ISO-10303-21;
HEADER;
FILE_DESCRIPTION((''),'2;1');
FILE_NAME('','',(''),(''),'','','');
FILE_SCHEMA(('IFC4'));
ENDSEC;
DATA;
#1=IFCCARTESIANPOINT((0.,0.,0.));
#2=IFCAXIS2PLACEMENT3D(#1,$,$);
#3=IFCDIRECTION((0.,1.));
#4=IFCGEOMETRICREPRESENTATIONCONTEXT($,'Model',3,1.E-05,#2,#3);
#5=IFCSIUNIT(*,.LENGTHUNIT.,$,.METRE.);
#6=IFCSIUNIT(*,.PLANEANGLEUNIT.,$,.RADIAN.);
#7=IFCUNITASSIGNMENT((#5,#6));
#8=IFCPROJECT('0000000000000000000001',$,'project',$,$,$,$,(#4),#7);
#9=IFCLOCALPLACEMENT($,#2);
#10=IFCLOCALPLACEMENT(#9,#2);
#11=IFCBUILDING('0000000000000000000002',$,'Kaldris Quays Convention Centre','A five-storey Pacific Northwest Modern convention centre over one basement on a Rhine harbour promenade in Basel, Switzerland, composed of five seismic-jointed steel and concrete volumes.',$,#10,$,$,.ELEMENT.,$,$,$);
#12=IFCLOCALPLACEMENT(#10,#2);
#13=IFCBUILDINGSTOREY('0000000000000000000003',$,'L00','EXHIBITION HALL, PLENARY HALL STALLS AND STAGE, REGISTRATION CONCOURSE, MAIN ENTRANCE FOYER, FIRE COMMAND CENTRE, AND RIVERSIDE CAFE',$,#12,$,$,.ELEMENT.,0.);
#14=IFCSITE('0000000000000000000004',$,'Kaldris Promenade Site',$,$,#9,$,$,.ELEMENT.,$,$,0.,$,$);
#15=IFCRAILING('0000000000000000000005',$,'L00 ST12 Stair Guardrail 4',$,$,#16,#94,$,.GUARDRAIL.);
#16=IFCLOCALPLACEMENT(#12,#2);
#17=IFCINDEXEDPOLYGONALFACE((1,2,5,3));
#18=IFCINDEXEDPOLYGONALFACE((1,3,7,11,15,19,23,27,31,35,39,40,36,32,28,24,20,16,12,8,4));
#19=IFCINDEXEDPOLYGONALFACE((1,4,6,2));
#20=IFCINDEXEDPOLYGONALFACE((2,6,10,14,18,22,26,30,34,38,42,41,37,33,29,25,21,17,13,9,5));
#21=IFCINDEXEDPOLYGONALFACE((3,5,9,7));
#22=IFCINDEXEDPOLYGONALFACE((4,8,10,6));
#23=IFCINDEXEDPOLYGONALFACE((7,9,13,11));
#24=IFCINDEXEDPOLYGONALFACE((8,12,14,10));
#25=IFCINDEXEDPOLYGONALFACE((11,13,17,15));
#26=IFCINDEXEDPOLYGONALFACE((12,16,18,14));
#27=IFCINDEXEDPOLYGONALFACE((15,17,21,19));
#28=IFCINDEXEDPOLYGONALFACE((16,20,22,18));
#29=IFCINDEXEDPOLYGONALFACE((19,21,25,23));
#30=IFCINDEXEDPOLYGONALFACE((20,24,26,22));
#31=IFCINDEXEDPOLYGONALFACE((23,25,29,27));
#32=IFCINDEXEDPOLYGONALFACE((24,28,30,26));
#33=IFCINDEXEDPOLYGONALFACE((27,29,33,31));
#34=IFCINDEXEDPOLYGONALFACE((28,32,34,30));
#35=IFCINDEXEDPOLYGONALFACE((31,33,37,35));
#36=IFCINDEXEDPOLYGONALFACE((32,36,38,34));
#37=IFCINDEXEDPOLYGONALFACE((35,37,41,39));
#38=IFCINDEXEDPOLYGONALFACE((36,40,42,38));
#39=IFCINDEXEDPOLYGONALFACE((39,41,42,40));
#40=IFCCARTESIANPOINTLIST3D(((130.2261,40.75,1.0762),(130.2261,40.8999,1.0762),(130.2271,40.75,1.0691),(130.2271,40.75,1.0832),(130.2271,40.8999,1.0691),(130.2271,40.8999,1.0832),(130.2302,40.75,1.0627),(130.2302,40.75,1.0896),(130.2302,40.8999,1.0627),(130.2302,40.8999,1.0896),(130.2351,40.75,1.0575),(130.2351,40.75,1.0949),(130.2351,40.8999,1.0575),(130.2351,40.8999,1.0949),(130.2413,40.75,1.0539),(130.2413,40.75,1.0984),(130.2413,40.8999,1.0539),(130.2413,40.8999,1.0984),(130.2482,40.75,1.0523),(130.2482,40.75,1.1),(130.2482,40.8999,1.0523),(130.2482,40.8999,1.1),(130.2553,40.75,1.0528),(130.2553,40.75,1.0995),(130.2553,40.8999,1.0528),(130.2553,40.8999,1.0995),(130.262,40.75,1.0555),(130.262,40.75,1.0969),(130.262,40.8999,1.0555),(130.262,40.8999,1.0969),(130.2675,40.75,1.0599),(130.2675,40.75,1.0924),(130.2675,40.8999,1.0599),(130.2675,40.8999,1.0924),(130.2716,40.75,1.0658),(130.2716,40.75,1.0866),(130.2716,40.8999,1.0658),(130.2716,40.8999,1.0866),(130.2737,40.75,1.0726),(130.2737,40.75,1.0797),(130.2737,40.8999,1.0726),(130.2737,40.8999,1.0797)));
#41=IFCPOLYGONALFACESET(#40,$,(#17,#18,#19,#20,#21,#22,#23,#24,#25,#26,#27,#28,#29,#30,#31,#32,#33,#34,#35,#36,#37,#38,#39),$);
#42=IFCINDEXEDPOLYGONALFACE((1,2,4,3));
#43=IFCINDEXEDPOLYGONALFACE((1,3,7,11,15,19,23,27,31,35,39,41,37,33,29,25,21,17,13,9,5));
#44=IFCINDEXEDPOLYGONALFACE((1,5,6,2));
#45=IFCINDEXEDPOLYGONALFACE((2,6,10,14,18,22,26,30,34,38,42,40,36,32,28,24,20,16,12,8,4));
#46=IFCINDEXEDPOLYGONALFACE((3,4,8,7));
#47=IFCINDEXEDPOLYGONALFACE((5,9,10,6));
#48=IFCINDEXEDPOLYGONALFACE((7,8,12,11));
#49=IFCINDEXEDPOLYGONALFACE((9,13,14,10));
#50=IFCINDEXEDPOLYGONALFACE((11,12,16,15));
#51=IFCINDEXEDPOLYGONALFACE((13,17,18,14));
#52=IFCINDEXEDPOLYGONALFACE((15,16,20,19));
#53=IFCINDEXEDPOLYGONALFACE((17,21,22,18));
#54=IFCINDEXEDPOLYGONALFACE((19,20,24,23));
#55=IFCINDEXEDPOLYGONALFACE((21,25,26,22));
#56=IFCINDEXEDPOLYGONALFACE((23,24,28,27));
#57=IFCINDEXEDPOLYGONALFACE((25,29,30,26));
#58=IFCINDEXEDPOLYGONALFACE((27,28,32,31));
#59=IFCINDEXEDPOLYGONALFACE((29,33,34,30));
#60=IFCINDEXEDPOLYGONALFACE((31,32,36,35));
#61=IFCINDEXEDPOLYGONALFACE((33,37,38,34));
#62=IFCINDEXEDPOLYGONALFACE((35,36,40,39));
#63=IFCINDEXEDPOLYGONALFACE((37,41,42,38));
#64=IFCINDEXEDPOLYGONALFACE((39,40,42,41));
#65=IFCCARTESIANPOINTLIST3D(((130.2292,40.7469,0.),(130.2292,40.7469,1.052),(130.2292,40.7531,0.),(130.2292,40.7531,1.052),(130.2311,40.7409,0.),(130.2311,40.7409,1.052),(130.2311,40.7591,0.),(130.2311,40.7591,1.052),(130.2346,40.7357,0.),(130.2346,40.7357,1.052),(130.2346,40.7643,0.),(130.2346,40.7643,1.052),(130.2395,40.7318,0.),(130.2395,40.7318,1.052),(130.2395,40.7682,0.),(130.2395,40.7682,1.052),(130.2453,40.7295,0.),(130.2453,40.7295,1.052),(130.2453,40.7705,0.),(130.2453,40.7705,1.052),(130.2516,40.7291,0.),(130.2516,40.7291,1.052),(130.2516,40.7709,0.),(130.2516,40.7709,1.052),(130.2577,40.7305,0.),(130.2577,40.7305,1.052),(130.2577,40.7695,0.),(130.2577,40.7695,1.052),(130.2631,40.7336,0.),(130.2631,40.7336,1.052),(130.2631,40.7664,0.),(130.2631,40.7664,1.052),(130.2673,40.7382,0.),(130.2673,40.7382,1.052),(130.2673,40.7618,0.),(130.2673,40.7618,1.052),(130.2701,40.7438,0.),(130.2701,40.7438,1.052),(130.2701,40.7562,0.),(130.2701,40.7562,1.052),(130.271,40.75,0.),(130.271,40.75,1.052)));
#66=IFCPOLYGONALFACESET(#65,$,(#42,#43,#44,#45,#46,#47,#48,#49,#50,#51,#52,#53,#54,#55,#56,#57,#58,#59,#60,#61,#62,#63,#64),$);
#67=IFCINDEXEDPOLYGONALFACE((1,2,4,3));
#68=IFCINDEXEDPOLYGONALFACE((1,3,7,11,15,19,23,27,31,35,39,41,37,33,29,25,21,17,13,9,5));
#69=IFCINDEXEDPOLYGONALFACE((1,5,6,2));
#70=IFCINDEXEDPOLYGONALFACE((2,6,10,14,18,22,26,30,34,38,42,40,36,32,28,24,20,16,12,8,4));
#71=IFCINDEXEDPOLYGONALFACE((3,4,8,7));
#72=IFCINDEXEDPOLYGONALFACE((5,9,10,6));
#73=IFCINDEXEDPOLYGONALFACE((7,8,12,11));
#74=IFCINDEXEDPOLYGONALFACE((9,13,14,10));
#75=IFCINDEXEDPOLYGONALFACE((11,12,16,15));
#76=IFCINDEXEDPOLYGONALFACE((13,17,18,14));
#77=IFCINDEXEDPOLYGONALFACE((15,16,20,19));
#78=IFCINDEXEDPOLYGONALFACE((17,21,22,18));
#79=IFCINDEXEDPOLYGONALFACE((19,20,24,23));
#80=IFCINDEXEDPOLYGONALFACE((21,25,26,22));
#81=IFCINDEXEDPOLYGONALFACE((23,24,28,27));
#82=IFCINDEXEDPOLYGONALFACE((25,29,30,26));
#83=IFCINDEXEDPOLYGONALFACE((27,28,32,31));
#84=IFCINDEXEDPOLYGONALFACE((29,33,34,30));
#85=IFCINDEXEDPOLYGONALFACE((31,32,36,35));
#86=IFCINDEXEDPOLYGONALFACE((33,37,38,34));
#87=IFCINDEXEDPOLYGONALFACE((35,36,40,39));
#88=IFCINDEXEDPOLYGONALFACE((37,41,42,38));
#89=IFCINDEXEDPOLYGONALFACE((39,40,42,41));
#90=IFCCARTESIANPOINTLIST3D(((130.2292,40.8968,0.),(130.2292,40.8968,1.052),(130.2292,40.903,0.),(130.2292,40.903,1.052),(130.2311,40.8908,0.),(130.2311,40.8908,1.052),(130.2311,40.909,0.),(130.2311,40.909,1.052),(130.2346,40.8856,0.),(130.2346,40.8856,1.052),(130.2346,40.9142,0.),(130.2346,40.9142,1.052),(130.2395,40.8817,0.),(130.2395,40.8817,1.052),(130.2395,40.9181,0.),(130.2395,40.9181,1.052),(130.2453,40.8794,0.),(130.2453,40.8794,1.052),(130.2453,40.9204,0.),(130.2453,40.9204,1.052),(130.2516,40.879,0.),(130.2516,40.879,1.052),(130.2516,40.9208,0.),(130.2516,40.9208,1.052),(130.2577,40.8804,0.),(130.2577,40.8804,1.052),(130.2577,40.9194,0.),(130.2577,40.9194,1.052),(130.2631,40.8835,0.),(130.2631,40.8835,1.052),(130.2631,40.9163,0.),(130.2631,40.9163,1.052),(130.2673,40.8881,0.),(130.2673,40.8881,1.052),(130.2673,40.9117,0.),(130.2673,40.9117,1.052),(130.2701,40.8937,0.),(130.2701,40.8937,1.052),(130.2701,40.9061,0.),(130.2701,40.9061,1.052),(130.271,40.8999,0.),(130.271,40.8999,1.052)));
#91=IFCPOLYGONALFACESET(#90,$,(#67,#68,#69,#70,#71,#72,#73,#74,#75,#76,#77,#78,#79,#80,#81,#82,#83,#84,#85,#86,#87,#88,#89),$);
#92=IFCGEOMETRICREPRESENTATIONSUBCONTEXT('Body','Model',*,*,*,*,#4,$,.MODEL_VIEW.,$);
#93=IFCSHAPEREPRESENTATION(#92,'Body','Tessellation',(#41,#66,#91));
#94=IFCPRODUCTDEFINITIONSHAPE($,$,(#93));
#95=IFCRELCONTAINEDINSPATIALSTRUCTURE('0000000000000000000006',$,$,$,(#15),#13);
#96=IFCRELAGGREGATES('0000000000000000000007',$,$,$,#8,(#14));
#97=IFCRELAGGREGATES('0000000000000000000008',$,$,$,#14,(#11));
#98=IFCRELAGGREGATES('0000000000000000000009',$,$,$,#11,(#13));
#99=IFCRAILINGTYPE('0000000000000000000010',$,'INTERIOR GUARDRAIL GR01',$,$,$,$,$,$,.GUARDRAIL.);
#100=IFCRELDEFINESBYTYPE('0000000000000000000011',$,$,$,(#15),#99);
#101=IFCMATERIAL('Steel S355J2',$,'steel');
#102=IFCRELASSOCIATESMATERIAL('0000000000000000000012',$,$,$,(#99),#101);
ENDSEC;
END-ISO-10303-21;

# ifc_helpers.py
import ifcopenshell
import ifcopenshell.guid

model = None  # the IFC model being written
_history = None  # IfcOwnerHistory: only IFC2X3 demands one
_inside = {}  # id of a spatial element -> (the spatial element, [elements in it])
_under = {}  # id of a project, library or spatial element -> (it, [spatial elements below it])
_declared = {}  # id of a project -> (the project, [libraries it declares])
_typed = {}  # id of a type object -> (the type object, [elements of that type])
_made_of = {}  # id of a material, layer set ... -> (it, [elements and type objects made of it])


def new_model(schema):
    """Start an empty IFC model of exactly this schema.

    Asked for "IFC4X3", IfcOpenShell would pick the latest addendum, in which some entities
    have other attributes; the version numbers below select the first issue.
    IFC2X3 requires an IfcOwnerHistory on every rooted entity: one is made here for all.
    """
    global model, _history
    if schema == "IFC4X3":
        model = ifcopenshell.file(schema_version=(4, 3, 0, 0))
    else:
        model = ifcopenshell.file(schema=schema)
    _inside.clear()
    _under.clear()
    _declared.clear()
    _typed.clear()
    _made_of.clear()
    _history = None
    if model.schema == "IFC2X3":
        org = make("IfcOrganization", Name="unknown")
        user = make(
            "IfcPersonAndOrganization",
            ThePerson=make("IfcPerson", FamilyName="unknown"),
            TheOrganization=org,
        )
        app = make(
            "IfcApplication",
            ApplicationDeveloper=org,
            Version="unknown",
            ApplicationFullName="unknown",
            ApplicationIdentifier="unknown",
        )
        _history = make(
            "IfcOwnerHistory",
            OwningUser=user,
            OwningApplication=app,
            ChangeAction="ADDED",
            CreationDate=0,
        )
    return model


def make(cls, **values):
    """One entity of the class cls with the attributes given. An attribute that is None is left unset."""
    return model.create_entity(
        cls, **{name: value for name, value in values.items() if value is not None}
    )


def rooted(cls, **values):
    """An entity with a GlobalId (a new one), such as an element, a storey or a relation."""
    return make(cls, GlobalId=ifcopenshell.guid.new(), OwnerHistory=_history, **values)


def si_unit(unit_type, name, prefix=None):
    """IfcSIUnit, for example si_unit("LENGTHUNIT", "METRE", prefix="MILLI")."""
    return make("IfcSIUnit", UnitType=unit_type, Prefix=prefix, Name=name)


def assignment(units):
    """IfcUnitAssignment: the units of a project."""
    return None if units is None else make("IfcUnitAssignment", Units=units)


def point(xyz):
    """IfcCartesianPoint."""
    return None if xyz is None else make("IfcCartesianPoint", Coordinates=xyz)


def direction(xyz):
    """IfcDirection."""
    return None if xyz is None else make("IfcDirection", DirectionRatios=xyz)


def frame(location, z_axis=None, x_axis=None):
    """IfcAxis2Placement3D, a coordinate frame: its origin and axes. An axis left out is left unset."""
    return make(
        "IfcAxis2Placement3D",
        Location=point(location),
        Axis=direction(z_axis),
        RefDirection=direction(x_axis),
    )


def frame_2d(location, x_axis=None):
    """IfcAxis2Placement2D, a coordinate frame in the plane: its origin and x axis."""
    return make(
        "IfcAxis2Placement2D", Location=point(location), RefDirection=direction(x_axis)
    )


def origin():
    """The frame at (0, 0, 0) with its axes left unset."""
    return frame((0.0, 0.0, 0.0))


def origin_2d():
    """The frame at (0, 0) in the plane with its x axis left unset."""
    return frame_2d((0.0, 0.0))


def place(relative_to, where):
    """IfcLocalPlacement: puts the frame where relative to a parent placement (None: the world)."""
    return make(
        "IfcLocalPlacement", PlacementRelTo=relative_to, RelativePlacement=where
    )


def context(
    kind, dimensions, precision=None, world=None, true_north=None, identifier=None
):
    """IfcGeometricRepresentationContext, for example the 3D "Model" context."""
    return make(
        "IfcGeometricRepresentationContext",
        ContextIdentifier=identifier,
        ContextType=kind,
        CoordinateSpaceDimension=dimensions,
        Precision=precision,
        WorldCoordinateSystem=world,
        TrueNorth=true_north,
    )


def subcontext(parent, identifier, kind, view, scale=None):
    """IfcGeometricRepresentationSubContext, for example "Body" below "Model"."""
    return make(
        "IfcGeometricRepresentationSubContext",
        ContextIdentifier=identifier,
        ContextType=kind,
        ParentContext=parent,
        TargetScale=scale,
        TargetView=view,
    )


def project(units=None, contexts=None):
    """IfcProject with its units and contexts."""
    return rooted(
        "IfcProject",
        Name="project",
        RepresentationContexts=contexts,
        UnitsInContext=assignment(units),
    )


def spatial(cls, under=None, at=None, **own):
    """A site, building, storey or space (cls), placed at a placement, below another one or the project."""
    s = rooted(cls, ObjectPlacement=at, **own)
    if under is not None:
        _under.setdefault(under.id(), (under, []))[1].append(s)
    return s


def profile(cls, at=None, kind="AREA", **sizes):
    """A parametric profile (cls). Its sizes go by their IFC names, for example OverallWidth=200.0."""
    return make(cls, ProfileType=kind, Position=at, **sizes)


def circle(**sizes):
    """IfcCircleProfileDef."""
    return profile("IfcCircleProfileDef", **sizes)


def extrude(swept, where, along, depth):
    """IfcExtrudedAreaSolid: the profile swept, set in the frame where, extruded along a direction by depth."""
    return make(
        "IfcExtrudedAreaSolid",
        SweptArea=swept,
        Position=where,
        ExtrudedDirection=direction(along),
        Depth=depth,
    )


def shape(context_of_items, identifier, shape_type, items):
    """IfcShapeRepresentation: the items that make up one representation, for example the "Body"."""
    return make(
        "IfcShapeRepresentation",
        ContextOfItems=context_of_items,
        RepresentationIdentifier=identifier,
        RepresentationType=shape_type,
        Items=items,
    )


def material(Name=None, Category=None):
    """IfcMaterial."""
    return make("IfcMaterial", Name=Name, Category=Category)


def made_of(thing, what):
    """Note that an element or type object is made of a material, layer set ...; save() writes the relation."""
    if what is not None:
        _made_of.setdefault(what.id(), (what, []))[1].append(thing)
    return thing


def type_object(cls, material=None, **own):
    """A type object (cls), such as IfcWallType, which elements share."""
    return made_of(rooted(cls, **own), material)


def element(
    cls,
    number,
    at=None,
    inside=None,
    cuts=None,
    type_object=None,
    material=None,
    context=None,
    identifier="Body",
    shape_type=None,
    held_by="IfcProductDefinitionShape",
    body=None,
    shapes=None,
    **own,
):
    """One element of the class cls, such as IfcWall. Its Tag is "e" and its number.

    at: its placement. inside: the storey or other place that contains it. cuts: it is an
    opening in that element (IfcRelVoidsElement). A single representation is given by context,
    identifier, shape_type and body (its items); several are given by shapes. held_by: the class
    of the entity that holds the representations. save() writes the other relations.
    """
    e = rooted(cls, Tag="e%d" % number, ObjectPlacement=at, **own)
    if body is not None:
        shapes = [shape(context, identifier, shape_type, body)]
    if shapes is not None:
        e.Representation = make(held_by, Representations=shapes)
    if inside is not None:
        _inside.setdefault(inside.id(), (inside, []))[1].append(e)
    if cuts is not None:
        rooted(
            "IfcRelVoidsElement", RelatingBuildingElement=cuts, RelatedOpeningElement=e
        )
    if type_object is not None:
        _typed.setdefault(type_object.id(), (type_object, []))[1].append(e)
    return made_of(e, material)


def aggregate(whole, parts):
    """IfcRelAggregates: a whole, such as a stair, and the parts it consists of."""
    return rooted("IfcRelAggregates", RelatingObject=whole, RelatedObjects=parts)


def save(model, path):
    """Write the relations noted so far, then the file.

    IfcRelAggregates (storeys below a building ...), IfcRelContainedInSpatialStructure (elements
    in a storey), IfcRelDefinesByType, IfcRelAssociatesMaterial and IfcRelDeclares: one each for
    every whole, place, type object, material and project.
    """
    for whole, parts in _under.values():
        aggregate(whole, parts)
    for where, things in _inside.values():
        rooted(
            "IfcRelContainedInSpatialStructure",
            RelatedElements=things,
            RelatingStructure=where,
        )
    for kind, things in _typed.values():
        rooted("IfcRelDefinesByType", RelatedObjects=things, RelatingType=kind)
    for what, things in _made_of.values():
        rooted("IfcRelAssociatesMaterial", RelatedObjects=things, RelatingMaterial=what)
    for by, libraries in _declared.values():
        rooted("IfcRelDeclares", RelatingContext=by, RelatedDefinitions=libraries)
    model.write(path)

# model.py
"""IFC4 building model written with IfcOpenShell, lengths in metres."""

from ifc_helpers import new_model, si_unit, direction, frame, origin, origin_2d, place, context, subcontext, project, spatial, circle, extrude, material, type_object, element, save


model = new_model("IFC4")

# Units and contexts
model_context = context("Model", 3, precision=1e-05, world=origin(), true_north=direction((0.0, 1.0)))
body_context = subcontext(model_context, "Body", "Model", "MODEL_VIEW")
ifc_project = project(units=[si_unit("LENGTHUNIT", "METRE"), si_unit("PLANEANGLEUNIT", "RADIAN")], contexts=[model_context])

# Site, building, storey
site_placement = place(None, origin())
site = spatial("IfcSite", under=ifc_project, at=site_placement, Name="Kaldris Promenade Site", CompositionType="ELEMENT", RefElevation=0.0)
building_placement = place(site_placement, origin())
building = spatial("IfcBuilding", under=site, at=building_placement, Name="Kaldris Quays Convention Centre", Description="A five-storey Pacific Northwest Modern convention centre over one basement on a Rhine harbour promenade in Basel, Switzerland, composed of five seismic-jointed steel and concrete volumes.", CompositionType="ELEMENT")
storey_placement = place(building_placement, origin())
storey = spatial("IfcBuildingStorey", under=building, at=storey_placement, Name="L00", Description="EXHIBITION HALL, PLENARY HALL STALLS AND STAGE, REGISTRATION CONCOURSE, MAIN ENTRANCE FOYER, FIRE COMMAND CENTRE, AND RIVERSIDE CAFE", CompositionType="ELEMENT", Elevation=0.0)

# Shared definitions
ifc_material_1 = material(Name="Steel S355J2", Category="steel")

# Railing
railing_type_1 = type_object("IfcRailingType", Name="INTERIOR GUARDRAIL GR01", PredefinedType="GUARDRAIL", material=ifc_material_1)
railing_1_placement = place(storey_placement, frame((130.25, 40.75, 0.0)))
element("IfcRailing", 1, at=railing_1_placement, inside=storey, type_object=railing_type_1, Name="L00 ST12 Stair Guardrail 4", PredefinedType="GUARDRAIL", context=body_context, shape_type="SweptSolid", body=[
    extrude(circle(Radius=0.0239, at=origin_2d()), frame((0.0, 0.0, 1.0762), z_axis=(0.0, 1.0, 0.0), x_axis=(-1.0, 0.0, 0.0)), (0.0, 0.0, 1.0), 0.1499),
    extrude(circle(Radius=0.021, at=origin_2d()), origin(), (0.0, 0.0, 1.0), 1.052),
    extrude(circle(Radius=0.021, at=origin_2d()), frame((0.0, 0.1499, 0.0)), (0.0, 0.0, 1.0), 1.052),
])

save(model, "model.ifc")
